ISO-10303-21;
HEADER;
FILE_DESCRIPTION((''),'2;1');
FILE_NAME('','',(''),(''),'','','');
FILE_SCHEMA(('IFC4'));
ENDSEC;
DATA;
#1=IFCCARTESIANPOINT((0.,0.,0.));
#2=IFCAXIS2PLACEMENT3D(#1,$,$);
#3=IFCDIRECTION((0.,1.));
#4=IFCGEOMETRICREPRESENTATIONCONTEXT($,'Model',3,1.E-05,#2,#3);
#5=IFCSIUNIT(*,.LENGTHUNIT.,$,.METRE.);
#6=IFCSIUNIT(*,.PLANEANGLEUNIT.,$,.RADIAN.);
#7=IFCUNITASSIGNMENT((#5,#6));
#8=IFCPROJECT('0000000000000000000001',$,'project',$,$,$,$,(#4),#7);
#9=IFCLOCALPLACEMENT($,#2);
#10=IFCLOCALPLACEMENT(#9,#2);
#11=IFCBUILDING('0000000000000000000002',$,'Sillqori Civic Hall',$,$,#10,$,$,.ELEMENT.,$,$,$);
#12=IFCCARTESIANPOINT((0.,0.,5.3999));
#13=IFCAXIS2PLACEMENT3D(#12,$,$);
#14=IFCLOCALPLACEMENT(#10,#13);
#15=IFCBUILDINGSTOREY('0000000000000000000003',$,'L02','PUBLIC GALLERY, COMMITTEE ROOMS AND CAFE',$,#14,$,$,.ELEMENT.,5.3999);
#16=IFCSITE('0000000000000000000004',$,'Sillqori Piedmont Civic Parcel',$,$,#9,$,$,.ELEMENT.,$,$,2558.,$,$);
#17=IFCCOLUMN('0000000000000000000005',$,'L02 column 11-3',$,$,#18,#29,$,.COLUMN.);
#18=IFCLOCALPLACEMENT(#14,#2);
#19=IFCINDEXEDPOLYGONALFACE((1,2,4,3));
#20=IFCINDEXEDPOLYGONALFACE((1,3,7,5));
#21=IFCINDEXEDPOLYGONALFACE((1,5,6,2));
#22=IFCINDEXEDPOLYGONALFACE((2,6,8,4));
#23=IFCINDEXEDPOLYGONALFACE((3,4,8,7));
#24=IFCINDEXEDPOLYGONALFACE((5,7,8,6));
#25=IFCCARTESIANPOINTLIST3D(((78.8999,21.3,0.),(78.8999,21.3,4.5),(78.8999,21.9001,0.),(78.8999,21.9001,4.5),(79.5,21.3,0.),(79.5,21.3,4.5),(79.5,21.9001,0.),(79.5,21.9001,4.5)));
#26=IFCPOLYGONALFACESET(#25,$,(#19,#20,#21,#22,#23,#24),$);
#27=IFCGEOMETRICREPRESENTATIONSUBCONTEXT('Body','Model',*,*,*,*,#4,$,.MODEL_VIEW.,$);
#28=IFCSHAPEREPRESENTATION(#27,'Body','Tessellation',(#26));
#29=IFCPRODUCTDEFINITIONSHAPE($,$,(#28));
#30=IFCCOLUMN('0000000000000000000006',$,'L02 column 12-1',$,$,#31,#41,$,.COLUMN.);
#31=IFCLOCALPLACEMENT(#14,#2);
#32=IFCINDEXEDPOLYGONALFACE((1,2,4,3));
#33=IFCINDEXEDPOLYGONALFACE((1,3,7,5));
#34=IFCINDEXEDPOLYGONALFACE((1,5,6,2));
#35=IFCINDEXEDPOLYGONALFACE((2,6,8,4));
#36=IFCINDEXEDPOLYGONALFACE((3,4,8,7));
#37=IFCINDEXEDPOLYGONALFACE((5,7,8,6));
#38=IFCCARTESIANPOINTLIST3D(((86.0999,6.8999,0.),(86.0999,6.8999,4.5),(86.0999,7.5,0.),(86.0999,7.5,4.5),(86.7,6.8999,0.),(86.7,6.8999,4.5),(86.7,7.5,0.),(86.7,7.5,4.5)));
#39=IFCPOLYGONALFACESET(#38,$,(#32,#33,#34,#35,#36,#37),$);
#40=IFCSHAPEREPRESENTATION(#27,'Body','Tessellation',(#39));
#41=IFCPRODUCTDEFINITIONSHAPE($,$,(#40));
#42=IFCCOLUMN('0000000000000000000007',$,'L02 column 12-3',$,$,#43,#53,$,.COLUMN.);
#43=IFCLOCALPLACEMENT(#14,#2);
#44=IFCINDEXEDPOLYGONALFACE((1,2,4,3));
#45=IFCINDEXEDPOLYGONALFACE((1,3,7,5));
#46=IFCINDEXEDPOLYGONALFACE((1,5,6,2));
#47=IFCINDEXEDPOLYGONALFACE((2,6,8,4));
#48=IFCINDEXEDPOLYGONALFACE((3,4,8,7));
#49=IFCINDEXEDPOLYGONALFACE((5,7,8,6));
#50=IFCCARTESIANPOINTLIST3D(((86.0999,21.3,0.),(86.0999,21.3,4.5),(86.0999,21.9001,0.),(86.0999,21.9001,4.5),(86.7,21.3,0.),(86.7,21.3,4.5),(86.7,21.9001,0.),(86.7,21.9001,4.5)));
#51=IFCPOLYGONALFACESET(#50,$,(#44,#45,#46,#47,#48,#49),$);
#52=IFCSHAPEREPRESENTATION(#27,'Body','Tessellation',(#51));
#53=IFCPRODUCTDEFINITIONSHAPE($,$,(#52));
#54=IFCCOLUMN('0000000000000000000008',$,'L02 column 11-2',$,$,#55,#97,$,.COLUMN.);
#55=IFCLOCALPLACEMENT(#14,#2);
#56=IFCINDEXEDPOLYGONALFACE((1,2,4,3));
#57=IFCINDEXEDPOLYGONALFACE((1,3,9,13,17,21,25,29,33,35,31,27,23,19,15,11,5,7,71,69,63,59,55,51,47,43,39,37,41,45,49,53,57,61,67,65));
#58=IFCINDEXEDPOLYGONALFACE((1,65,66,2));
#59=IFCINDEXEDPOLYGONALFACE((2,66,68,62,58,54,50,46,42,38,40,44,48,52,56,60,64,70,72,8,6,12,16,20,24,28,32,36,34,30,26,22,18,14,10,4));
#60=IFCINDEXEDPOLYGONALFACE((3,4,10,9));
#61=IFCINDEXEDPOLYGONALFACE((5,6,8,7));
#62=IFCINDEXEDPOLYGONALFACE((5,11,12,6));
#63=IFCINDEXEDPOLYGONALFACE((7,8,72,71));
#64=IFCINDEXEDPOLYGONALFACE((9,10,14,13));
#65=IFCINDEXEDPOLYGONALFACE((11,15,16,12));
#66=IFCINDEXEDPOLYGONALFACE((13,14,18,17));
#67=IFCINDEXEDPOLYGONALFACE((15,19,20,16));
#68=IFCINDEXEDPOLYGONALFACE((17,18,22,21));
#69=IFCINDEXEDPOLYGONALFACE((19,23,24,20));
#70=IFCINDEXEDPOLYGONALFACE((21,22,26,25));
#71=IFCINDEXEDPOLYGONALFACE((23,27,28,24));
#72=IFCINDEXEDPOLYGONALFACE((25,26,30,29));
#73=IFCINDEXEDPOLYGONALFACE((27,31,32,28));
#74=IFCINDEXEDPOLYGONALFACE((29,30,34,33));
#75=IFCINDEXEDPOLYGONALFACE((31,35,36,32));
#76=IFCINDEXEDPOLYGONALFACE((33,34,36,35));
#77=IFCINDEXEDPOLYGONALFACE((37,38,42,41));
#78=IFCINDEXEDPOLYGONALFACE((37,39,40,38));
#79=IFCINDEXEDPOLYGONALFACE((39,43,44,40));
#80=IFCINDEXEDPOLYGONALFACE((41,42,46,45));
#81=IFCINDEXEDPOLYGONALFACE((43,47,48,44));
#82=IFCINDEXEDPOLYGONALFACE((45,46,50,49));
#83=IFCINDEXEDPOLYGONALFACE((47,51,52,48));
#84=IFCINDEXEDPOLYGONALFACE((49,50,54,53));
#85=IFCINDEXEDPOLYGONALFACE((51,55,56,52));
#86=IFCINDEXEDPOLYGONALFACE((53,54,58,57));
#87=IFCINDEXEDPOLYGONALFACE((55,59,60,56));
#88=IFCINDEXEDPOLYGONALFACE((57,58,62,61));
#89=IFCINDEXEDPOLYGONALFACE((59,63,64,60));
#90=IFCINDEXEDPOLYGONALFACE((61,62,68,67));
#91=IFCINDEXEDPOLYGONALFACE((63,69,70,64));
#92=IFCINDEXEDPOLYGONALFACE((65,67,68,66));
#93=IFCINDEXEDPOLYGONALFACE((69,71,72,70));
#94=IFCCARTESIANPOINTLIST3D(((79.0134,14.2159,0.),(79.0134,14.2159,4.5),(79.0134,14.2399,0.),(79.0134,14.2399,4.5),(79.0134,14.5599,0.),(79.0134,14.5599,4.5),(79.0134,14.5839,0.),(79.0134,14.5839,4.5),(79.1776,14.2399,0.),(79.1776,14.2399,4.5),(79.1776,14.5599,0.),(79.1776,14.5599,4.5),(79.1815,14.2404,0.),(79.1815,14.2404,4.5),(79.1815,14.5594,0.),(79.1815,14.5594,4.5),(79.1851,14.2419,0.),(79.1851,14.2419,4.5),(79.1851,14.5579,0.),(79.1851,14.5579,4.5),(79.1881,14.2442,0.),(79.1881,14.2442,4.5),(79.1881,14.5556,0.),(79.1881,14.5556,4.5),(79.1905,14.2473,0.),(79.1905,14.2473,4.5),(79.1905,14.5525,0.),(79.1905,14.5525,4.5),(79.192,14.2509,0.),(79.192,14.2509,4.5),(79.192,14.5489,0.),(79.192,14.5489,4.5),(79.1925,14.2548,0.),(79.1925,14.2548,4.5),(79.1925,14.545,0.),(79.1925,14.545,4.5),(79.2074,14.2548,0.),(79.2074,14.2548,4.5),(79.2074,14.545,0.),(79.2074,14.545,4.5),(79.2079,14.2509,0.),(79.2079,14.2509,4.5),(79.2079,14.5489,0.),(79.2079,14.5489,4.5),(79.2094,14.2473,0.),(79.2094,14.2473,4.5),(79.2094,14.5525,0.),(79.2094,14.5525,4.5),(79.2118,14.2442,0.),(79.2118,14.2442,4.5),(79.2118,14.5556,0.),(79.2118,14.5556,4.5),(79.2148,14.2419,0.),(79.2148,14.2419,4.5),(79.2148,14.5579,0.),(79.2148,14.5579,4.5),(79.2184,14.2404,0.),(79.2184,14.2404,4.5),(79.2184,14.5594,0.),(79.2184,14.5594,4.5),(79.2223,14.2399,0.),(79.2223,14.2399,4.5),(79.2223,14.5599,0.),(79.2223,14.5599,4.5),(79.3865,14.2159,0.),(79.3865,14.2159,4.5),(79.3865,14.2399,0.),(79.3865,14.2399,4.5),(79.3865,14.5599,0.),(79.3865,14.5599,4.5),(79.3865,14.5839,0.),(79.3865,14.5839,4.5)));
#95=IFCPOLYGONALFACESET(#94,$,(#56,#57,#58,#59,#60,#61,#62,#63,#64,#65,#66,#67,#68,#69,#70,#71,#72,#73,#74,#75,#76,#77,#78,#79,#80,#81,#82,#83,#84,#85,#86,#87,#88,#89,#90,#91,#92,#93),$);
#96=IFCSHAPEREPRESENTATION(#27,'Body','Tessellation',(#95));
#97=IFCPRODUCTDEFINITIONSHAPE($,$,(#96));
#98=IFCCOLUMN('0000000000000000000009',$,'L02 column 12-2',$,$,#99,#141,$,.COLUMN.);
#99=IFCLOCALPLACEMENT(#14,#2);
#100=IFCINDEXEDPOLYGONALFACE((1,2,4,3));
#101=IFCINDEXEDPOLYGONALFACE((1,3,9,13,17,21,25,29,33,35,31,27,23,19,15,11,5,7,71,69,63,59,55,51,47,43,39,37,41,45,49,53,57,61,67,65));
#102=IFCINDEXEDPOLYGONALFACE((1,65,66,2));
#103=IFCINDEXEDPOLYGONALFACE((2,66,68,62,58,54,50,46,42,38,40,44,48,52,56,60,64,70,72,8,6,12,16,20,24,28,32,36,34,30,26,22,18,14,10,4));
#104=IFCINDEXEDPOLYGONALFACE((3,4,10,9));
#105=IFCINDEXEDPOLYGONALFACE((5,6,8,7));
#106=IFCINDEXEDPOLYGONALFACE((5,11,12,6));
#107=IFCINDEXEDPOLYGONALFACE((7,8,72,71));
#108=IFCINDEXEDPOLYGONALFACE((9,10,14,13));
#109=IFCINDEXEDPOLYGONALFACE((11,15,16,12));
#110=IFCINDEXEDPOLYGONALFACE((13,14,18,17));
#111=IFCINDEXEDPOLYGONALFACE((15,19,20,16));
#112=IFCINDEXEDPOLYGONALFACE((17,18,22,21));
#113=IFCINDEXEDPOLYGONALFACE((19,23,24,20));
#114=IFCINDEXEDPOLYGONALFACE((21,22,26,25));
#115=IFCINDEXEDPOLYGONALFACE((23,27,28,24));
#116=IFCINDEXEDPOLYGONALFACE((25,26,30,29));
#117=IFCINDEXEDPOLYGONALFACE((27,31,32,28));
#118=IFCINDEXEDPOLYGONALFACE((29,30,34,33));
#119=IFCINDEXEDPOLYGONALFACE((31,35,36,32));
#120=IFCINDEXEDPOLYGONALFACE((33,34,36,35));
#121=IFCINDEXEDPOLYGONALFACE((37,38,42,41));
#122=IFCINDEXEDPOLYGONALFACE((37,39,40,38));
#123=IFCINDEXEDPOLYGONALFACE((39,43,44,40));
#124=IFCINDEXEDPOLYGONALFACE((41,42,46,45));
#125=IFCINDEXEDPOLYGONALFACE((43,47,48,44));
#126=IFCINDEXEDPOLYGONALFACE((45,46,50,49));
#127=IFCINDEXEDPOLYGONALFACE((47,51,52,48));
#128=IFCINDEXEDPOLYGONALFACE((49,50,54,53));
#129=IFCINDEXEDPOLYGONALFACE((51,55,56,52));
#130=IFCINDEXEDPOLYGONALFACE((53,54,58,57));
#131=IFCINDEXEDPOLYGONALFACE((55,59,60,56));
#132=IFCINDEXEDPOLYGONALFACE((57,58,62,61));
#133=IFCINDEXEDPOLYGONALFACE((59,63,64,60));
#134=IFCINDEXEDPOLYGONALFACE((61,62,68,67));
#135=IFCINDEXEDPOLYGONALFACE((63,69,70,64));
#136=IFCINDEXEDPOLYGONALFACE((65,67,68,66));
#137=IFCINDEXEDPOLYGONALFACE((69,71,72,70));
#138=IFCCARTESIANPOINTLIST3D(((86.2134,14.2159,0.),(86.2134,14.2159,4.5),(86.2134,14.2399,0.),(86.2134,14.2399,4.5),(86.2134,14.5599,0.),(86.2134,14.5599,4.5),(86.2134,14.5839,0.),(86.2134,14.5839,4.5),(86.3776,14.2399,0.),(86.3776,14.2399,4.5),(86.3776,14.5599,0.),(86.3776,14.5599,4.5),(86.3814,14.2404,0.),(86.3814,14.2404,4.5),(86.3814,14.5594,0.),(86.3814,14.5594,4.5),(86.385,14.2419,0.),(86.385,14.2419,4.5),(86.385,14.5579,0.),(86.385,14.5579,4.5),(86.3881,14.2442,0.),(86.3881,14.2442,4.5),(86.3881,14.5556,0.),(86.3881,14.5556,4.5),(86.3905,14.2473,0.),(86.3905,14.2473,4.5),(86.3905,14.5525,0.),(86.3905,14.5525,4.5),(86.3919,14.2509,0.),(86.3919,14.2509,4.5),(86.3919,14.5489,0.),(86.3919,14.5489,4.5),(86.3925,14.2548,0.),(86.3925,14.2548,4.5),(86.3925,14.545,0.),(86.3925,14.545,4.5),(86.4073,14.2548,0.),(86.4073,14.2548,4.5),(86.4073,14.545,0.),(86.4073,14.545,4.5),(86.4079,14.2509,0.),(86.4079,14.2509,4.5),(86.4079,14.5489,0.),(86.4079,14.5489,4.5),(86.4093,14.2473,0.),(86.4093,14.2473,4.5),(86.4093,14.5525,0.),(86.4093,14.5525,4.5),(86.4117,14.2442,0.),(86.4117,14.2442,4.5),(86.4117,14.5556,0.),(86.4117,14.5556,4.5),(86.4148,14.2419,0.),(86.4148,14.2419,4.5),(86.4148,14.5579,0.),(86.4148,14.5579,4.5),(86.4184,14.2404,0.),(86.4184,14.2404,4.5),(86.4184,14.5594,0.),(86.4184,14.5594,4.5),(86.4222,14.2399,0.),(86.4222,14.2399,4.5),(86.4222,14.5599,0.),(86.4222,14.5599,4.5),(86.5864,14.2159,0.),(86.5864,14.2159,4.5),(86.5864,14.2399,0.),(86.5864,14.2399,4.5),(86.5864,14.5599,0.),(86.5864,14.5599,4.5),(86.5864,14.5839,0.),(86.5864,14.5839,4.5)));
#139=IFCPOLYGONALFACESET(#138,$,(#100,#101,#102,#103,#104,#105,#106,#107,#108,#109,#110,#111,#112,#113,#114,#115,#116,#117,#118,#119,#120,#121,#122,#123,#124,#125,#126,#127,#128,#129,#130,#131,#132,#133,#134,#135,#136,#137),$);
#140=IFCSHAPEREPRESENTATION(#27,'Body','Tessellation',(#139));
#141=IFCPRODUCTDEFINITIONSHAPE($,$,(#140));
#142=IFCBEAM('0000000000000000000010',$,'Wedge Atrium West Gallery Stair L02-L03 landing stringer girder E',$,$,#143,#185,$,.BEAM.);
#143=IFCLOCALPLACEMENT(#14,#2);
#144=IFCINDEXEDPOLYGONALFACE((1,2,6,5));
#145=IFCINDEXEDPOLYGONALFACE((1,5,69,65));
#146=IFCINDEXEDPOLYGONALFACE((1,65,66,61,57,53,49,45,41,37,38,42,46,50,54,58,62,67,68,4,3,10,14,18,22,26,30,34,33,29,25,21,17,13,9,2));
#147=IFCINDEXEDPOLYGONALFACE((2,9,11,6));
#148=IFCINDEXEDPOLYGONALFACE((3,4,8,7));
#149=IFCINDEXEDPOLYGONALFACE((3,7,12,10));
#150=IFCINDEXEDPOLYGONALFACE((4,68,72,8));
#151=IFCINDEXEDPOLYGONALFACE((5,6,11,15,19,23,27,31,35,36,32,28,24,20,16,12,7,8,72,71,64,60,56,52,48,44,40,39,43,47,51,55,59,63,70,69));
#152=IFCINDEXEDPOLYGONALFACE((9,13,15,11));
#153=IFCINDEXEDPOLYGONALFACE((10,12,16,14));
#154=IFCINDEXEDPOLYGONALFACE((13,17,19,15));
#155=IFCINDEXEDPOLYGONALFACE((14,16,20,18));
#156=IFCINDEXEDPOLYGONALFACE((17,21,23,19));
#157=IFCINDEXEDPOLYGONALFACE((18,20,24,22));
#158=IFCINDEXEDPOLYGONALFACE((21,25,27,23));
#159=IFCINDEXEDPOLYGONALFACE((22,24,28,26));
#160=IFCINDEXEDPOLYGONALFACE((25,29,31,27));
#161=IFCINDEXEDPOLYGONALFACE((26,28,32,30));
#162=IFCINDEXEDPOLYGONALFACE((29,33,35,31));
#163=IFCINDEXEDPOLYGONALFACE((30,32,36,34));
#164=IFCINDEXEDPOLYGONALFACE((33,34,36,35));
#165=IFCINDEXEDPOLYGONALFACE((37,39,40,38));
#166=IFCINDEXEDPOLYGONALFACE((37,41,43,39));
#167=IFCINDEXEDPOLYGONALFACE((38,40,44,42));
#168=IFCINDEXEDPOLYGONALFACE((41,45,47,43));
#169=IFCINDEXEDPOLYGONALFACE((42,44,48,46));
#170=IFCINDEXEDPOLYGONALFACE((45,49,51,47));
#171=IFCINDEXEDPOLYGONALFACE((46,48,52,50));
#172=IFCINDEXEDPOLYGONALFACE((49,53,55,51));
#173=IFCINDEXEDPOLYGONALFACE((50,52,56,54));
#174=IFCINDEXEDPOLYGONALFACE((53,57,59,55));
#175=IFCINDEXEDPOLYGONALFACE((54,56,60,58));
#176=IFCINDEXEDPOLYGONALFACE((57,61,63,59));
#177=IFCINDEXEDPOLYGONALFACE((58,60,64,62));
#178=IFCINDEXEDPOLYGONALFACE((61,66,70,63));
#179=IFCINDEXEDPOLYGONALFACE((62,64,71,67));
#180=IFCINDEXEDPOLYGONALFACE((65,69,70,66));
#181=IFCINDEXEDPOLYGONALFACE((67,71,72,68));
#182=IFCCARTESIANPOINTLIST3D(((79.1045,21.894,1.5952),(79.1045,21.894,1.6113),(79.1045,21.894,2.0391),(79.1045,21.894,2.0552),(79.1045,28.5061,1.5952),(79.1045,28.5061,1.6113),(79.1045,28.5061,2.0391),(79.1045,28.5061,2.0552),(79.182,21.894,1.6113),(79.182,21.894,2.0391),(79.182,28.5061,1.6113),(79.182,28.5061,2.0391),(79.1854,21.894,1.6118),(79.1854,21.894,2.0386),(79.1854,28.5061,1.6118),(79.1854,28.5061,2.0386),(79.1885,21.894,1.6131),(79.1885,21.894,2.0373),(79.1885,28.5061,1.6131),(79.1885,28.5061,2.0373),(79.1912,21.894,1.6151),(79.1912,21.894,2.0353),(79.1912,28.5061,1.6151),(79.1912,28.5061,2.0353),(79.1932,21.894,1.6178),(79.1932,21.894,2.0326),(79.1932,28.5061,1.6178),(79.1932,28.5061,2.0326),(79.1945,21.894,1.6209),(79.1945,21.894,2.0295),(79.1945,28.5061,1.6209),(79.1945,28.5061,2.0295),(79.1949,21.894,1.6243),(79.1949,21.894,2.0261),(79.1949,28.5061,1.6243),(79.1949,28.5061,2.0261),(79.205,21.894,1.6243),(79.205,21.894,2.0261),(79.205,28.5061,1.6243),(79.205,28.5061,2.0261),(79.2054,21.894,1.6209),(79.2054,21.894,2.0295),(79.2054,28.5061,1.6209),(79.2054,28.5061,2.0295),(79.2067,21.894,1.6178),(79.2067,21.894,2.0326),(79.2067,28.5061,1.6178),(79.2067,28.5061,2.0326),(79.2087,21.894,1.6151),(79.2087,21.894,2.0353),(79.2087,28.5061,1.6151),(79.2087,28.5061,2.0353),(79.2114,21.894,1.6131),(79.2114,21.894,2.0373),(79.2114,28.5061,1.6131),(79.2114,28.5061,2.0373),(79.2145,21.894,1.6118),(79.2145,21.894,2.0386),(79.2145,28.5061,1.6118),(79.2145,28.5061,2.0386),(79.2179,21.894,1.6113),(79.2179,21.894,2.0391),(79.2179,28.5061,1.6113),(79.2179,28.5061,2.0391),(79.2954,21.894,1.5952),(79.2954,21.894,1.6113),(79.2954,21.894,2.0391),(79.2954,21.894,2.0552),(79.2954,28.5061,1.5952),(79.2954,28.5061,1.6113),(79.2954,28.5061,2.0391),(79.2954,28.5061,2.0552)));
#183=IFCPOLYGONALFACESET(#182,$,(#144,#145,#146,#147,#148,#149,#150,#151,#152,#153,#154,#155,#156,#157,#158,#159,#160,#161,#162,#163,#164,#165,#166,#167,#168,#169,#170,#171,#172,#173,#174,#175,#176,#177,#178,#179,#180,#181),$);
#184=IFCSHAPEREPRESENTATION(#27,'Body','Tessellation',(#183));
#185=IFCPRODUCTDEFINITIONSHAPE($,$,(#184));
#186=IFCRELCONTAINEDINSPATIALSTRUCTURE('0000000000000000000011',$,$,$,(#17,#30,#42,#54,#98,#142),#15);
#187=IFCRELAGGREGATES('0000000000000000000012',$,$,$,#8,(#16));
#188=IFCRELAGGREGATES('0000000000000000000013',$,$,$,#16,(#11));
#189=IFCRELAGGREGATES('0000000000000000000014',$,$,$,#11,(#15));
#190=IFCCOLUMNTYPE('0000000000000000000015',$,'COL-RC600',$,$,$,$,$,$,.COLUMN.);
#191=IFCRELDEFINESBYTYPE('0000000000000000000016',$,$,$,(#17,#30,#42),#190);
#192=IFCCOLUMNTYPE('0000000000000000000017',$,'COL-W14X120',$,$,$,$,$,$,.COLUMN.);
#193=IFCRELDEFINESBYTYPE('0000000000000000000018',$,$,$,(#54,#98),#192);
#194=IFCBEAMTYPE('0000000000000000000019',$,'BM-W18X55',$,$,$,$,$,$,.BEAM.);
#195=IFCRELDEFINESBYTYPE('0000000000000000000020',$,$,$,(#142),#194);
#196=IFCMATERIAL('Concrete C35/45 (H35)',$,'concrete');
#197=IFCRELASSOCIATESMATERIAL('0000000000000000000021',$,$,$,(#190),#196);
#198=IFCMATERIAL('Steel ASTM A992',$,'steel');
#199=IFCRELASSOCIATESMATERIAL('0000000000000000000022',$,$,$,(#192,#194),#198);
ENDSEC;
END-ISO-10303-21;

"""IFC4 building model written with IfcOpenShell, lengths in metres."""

from ifc_helpers import new_model, si_unit, direction, frame, origin, origin_2d, place, context, subcontext, project, spatial, rectangle, i_section, extrude, material, material_profile, profile_set, type_object, element, save


model = new_model("IFC4")

# Units and contexts
model_context = context("Model", 3, precision=1e-05, world=origin(), true_north=direction((0.0, 1.0)))
body_context = subcontext(model_context, "Body", "Model", "MODEL_VIEW")
ifc_project = project(units=[si_unit("LENGTHUNIT", "METRE"), si_unit("PLANEANGLEUNIT", "RADIAN")], contexts=[model_context])

# Site, building, storey
site_placement = place(None, origin())
site = spatial("IfcSite", under=ifc_project, at=site_placement, Name="Sillqori Piedmont Civic Parcel", CompositionType="ELEMENT", RefElevation=2558.0)
building_placement = place(site_placement, origin())
building = spatial("IfcBuilding", under=site, at=building_placement, Name="Sillqori Civic Hall", CompositionType="ELEMENT")
storey_placement = place(building_placement, frame((0.0, 0.0, 5.3999)))
storey = spatial("IfcBuildingStorey", under=building, at=storey_placement, Name="L02", Description="PUBLIC GALLERY, COMMITTEE ROOMS AND CAFE", CompositionType="ELEMENT", Elevation=5.3999)

# Columns
ifc_material_1 = material(Name="Concrete C35/45 (H35)", Category="concrete")
ifc_material_profile_1 = material_profile(ifc_material_1, rectangle(XDim=0.6001, YDim=0.6001, at=origin_2d()), Name="RC 600x600")
ifc_profile_set_1 = profile_set([ifc_material_profile_1], Name="Concrete C35/45 (H35)")
column_type_1 = type_object("IfcColumnType", Name="COL-RC600", PredefinedType="COLUMN", material=ifc_profile_set_1)
for number, where, z_axis, x_axis, name in (
    (1, (79.2, 21.6001, 0.0), (0.0, 0.0, 1.0), (1.0, 0.0, 0.0), "L02 column 11-3"),
    (2, (86.3999, 7.2, 0.0), (0.0, 0.0, 1.0), (1.0, 0.0, 0.0), "L02 column 12-1"),
    (3, (86.3999, 21.6001, 0.0), (0.0, 0.0, 1.0), (1.0, 0.0, 0.0), "L02 column 12-3"),
):
    element("IfcColumn", number, at=place(storey_placement, frame(where, z_axis=z_axis, x_axis=x_axis)), inside=storey, type_object=column_type_1, Name=name, PredefinedType="COLUMN", context=body_context, shape_type="SweptSolid", body=[
        extrude(rectangle(XDim=0.6001, YDim=0.6001, at=origin_2d()), origin(), (0.0, 0.0, 1.0), 4.5),
    ])
ifc_material_2 = material(Name="Steel ASTM A992", Category="steel")
ifc_material_profile_2 = material_profile(ifc_material_2, i_section(OverallWidth=0.373, OverallDepth=0.3679, WebThickness=0.0149, FlangeThickness=0.0239, FilletRadius=0.0149, at=origin_2d()), Name="W14X120")
ifc_profile_set_2 = profile_set([ifc_material_profile_2], Name="Steel ASTM A992")
column_type_2 = type_object("IfcColumnType", Name="COL-W14X120", PredefinedType="COLUMN", material=ifc_profile_set_2)
for number, where, z_axis, x_axis, name in (
    (4, (79.2, 14.3999, 0.0), (0.0, 0.0, 1.0), (1.0, 0.0, 0.0), "L02 column 11-2"),
    (5, (86.3999, 14.3999, 0.0), (0.0, 0.0, 1.0), (1.0, 0.0, 0.0), "L02 column 12-2"),
):
    element("IfcColumn", number, at=place(storey_placement, frame(where, z_axis=z_axis, x_axis=x_axis)), inside=storey, type_object=column_type_2, Name=name, PredefinedType="COLUMN", context=body_context, shape_type="SweptSolid", body=[
        extrude(i_section(OverallWidth=0.373, OverallDepth=0.3679, WebThickness=0.0149, FlangeThickness=0.0239, FilletRadius=0.0149, at=origin_2d()), origin(), (0.0, 0.0, 1.0), 4.5),
    ])

# Beam
ifc_material_profile_3 = material_profile(ifc_material_2, i_section(OverallWidth=0.1909, OverallDepth=0.46, WebThickness=0.01, FlangeThickness=0.0161, FilletRadius=0.0129, at=origin_2d()), Name="W18X55")
ifc_profile_set_3 = profile_set([ifc_material_profile_3], Name="Steel ASTM A992")
beam_type_1 = type_object("IfcBeamType", Name="BM-W18X55", PredefinedType="BEAM", material=ifc_profile_set_3)
beam_1_placement = place(storey_placement, frame((79.2, 21.894, 1.8252), z_axis=(0.0, 1.0, 0.0), x_axis=(-1.0, 0.0, 0.0)))
element("IfcBeam", 6, at=beam_1_placement, inside=storey, type_object=beam_type_1, Name="Wedge Atrium West Gallery Stair L02-L03 landing stringer girder E", PredefinedType="BEAM", context=body_context, shape_type="SweptSolid", body=[
    extrude(i_section(OverallWidth=0.1909, OverallDepth=0.46, WebThickness=0.01, FlangeThickness=0.0161, FilletRadius=0.0129, at=origin_2d()), origin(), (0.0, 0.0, 1.0), 6.6121),
])

save(model, "model.ifc")
